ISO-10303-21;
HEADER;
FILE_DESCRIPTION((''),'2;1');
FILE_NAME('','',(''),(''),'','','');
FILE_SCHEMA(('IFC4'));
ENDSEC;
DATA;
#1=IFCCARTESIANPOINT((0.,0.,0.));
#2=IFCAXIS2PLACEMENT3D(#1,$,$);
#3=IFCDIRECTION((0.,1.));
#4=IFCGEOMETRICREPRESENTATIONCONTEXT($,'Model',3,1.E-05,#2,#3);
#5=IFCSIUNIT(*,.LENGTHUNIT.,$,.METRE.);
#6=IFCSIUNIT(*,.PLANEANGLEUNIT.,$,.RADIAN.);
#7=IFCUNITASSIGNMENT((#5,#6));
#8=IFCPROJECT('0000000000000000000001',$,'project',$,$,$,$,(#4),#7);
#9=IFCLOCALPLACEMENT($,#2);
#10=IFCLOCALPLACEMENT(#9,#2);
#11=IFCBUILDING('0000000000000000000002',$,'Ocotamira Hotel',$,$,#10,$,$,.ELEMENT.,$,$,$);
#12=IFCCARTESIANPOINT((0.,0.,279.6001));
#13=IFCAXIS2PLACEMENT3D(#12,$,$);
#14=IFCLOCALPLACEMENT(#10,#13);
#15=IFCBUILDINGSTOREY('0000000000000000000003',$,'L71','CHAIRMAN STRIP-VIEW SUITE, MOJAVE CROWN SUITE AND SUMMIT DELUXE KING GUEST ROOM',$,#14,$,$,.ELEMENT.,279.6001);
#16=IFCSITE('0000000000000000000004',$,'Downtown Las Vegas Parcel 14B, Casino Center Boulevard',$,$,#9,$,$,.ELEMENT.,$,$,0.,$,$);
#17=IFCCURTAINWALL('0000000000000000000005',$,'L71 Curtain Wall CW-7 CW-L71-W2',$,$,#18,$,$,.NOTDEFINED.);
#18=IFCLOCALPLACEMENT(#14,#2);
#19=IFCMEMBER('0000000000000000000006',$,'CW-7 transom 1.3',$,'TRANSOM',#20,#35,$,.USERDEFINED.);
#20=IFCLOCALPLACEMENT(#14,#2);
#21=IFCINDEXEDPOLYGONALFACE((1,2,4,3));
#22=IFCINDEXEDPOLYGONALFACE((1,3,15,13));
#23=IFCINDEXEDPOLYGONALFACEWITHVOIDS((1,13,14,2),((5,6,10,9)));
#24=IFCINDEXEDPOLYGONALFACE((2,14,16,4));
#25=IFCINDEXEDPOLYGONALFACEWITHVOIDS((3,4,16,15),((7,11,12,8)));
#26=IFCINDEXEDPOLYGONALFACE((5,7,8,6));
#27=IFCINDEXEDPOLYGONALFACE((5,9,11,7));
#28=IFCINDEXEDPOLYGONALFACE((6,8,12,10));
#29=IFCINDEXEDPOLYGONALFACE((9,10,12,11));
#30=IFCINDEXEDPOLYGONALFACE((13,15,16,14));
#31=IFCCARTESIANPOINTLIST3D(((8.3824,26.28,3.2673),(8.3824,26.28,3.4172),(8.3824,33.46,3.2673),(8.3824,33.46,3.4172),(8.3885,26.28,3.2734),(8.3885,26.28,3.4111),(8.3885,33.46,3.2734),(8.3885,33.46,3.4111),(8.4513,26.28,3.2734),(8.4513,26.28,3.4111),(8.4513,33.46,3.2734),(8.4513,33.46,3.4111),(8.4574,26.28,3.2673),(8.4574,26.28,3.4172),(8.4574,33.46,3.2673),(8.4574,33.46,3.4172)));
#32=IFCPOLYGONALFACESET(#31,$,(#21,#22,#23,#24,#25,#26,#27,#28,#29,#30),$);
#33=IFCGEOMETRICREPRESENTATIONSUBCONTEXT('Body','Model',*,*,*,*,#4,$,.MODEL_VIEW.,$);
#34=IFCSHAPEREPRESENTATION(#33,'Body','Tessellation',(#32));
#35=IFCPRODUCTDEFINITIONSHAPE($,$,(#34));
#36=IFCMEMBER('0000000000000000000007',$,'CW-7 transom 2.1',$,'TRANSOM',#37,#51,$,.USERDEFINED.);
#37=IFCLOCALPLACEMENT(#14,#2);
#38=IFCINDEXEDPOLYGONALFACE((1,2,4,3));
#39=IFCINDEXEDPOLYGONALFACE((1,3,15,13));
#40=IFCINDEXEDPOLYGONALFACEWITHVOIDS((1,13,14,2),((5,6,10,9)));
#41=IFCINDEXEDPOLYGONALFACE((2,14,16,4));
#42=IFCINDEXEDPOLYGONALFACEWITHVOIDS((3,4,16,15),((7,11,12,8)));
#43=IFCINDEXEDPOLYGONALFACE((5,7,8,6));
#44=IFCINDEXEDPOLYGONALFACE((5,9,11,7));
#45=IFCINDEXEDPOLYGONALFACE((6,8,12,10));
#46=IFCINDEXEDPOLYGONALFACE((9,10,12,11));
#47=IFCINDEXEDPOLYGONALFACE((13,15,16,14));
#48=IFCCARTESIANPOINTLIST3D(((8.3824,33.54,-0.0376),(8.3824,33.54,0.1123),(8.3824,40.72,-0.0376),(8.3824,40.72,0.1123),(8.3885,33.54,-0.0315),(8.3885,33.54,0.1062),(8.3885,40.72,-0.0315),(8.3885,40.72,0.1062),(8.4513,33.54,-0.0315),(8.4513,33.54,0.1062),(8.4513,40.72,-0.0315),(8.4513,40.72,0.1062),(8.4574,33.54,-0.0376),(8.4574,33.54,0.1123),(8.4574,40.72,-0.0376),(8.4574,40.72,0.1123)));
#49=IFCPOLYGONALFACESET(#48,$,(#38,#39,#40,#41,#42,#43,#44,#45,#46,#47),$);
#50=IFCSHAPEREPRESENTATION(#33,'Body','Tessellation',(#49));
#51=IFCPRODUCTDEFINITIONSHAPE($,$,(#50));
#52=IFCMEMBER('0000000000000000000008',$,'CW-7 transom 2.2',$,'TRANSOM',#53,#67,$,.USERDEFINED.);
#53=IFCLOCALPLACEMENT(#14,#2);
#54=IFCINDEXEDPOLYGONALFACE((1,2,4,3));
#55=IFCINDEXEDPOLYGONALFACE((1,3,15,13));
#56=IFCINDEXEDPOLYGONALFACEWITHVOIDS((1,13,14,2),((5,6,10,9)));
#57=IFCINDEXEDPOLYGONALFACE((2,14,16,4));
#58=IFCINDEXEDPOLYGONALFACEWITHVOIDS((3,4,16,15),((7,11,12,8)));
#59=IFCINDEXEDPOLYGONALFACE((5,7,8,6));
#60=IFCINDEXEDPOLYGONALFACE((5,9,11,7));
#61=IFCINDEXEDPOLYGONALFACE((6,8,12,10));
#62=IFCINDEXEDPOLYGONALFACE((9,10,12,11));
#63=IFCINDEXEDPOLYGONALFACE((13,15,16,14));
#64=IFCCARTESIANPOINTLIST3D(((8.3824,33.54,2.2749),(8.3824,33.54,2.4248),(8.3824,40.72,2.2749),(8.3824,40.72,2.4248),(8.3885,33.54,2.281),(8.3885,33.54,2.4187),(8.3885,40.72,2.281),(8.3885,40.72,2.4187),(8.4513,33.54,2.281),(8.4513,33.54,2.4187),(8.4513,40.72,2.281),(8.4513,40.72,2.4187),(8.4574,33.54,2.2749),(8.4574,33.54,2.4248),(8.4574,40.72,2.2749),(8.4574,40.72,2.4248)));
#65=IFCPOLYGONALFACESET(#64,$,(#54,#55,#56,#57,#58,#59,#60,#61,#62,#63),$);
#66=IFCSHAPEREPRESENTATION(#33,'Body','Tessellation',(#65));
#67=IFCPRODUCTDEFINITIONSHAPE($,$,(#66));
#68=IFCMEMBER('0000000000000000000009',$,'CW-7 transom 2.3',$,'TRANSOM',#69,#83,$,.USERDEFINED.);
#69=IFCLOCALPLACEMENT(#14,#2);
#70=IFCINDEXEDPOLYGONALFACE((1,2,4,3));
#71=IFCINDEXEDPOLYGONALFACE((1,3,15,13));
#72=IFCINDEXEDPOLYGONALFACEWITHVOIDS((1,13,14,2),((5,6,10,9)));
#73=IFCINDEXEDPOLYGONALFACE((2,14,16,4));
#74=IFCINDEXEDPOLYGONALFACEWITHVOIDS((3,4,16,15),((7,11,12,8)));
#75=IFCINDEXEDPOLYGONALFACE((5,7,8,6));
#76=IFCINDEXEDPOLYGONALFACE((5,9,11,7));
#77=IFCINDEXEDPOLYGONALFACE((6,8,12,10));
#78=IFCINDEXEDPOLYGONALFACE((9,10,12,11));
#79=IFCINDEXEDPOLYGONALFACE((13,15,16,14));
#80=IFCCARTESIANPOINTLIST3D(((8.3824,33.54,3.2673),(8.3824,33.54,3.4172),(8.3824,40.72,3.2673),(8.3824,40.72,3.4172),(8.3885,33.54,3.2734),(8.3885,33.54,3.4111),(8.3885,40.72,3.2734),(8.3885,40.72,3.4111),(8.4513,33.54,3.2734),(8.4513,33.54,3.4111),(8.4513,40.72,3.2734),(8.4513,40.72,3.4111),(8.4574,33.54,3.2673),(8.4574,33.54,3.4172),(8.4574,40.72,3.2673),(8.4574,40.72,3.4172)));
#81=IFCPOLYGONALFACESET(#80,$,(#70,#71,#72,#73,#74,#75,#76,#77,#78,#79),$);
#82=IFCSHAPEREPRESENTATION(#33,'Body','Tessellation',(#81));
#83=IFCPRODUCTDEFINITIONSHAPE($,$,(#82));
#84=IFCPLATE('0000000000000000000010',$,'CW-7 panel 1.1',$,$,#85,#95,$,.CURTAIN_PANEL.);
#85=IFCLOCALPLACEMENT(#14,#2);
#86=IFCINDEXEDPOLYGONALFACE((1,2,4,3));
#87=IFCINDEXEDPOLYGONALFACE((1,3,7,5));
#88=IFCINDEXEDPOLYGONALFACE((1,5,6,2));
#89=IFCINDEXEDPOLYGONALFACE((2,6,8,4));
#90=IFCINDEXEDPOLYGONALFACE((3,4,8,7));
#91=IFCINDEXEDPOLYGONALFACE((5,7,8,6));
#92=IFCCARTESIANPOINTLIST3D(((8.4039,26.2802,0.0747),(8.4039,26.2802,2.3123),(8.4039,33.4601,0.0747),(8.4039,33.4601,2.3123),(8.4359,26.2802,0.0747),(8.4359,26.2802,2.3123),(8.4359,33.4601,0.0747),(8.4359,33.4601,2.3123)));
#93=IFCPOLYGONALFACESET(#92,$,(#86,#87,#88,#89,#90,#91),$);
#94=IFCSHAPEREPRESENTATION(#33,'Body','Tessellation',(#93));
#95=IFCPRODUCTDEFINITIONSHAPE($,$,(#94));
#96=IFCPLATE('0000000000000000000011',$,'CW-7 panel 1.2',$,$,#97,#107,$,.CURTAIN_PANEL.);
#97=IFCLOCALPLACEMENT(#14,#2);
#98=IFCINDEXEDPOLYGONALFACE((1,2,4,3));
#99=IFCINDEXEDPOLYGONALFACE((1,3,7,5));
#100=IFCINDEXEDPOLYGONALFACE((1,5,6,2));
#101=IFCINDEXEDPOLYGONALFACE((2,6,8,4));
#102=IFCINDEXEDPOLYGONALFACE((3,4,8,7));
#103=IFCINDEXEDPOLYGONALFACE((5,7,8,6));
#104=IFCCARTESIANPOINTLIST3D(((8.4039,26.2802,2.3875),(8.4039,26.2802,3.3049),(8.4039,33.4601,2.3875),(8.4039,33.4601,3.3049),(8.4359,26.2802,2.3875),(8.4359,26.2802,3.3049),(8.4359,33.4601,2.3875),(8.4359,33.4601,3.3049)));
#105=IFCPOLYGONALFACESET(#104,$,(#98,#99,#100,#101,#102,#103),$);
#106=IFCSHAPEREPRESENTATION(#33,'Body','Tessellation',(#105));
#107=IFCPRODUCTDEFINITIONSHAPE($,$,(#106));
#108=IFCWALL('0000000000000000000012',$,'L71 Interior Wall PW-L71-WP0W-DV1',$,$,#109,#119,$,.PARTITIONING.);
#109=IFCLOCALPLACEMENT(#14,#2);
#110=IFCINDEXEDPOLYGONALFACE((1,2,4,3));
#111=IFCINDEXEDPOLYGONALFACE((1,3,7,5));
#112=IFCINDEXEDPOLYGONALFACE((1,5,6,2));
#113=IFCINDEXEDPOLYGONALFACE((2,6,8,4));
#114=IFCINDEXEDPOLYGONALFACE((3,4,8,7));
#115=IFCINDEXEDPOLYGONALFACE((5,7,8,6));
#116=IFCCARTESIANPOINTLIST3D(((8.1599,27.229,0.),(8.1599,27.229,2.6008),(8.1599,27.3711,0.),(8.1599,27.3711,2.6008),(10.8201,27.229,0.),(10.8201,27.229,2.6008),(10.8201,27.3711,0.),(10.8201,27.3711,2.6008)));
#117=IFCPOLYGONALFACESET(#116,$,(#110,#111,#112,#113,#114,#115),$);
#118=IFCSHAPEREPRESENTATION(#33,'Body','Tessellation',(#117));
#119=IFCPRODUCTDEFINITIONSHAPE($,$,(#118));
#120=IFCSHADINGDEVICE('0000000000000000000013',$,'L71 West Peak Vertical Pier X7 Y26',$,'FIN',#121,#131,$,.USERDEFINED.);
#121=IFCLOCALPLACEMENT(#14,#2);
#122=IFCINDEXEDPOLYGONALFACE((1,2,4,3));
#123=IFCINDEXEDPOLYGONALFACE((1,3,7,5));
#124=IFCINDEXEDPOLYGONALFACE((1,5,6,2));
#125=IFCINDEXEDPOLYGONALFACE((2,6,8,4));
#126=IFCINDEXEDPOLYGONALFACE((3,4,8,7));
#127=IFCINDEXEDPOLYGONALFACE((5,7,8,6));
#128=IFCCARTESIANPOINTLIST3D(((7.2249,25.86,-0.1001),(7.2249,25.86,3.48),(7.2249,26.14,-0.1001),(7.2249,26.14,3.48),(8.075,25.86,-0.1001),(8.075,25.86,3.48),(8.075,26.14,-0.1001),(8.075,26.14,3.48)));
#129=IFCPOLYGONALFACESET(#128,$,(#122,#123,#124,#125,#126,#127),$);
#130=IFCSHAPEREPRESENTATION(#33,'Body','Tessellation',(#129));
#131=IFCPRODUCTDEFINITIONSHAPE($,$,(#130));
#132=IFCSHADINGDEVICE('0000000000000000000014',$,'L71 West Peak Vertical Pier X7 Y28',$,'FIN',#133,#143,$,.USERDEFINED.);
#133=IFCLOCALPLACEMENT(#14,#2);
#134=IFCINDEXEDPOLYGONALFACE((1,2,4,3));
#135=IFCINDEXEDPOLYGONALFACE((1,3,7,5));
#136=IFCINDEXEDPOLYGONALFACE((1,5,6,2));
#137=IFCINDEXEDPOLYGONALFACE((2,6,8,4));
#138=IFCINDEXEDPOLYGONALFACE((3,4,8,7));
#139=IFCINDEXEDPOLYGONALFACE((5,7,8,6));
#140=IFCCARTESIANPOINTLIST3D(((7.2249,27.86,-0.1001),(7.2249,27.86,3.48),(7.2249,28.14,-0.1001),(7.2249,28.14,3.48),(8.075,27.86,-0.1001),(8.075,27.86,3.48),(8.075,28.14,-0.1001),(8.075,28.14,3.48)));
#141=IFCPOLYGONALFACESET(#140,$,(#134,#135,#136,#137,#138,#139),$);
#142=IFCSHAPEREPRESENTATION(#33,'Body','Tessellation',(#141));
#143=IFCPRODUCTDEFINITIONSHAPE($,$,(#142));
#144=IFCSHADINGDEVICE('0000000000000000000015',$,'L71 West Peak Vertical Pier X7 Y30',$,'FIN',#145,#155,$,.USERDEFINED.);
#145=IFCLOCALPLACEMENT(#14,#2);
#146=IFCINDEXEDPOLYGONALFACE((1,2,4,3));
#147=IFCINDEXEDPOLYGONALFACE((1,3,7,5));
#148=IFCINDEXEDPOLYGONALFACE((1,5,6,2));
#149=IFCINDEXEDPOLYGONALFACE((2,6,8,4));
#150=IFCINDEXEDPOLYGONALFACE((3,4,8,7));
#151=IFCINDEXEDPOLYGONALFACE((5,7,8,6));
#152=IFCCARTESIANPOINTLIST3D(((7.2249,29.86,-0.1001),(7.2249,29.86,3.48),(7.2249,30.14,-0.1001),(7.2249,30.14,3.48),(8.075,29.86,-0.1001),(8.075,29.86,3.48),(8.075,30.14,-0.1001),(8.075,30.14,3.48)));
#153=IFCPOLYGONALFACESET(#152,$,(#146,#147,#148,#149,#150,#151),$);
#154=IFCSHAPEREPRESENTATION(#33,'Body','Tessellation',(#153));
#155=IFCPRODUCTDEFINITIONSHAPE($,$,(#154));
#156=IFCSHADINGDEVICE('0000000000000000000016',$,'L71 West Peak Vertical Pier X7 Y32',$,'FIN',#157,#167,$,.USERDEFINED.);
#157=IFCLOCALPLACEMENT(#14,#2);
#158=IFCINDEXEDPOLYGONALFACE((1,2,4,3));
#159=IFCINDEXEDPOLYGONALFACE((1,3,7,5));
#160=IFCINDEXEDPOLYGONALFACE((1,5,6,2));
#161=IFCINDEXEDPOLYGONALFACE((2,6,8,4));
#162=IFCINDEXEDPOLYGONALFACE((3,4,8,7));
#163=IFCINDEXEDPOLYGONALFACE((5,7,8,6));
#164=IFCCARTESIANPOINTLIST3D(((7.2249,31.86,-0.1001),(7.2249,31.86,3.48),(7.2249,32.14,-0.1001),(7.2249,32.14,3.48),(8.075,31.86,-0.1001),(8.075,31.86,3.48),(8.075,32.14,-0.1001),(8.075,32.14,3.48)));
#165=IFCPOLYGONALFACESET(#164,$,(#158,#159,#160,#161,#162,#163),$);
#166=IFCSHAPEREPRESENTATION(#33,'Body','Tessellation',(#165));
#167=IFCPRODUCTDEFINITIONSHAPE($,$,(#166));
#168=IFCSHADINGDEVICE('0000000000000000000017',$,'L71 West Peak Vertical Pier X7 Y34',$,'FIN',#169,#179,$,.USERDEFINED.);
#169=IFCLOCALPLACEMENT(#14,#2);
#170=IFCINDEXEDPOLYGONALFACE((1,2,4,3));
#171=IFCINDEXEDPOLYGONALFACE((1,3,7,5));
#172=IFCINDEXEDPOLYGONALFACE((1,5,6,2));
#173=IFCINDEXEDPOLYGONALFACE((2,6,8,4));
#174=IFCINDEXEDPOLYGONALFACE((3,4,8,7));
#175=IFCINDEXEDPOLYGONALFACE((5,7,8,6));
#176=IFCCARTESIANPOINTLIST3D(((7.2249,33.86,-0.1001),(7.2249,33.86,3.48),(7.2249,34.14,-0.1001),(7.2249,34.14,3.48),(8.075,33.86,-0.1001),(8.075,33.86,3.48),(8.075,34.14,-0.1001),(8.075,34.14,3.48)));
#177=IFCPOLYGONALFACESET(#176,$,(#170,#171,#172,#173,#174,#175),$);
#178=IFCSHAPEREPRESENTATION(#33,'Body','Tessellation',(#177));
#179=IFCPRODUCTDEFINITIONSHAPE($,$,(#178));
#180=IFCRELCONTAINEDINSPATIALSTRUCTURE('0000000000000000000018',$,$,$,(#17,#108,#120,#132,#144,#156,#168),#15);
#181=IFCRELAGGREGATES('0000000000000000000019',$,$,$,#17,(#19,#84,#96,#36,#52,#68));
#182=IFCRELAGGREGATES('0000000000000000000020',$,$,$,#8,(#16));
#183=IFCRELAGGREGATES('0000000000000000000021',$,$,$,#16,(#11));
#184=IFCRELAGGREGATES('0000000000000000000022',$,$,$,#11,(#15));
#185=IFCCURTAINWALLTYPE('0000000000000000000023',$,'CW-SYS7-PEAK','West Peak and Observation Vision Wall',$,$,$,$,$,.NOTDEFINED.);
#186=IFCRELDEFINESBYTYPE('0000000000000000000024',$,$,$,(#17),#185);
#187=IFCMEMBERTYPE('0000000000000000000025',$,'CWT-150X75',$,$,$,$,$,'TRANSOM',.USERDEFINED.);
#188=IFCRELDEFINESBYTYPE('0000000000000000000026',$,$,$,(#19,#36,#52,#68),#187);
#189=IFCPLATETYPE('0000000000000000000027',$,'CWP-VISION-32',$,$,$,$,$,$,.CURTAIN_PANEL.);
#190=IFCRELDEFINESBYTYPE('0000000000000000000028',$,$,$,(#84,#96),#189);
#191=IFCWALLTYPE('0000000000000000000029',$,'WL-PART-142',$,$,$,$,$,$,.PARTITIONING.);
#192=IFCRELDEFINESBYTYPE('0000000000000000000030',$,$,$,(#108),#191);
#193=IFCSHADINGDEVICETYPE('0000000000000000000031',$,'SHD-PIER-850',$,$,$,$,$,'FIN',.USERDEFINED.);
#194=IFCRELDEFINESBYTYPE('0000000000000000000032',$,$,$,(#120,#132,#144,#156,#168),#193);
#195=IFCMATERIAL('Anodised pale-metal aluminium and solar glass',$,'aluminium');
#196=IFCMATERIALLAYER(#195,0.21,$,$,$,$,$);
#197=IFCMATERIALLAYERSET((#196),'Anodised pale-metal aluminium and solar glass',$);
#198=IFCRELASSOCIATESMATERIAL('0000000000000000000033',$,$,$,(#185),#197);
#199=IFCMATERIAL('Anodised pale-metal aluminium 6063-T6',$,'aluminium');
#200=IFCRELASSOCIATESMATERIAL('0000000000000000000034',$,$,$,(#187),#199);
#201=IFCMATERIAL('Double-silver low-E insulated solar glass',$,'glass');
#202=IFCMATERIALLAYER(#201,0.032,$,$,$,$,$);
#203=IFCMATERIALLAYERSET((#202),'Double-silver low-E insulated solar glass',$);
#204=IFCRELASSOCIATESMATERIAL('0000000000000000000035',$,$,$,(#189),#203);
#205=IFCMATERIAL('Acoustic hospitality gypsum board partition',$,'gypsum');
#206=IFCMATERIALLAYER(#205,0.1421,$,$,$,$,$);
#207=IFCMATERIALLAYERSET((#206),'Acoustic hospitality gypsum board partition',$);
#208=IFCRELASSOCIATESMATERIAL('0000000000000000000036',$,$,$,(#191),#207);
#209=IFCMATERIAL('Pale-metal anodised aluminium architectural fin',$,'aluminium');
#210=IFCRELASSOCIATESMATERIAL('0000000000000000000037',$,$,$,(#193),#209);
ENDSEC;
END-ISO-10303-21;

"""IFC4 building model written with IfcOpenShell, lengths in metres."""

from ifc_helpers import new_model, si_unit, direction, frame, frame_2d, origin, origin_2d, place, context, subcontext, project, spatial, rectangle, hollow_rectangle, extrude, source, transform, mapped, material, layer, layer_set, material_profile, profile_set, type_object, element, aggregate, save


model = new_model("IFC4")

# Units and contexts
model_context = context("Model", 3, precision=1e-05, world=origin(), true_north=direction((0.0, 1.0)))
body_context = subcontext(model_context, "Body", "Model", "MODEL_VIEW")
ifc_project = project(units=[si_unit("LENGTHUNIT", "METRE"), si_unit("PLANEANGLEUNIT", "RADIAN")], contexts=[model_context])

# Site, building, storey
site_placement = place(None, origin())
site = spatial("IfcSite", under=ifc_project, at=site_placement, Name="Downtown Las Vegas Parcel 14B, Casino Center Boulevard", CompositionType="ELEMENT", RefElevation=0.0)
building_placement = place(site_placement, origin())
building = spatial("IfcBuilding", under=site, at=building_placement, Name="Ocotamira Hotel", CompositionType="ELEMENT")
storey_placement = place(building_placement, frame((0.0, 0.0, 279.6001)))
storey = spatial("IfcBuildingStorey", under=building, at=storey_placement, Name="L71", Description="CHAIRMAN STRIP-VIEW SUITE, MOJAVE CROWN SUITE AND SUMMIT DELUXE KING GUEST ROOM", CompositionType="ELEMENT", Elevation=279.6001)

# Shared definitions
ifc_material_1 = material(Name="Anodised pale-metal aluminium and solar glass", Category="aluminium")
ifc_layer_1 = layer(ifc_material_1, 0.21)
ifc_layer_set_1 = layer_set([ifc_layer_1], Name="Anodised pale-metal aluminium and solar glass")
curtain_wall_type = type_object("IfcCurtainWallType", Name="CW-SYS7-PEAK", Description="West Peak and Observation Vision Wall", PredefinedType="NOTDEFINED", material=ifc_layer_set_1)
ifc_material_2 = material(Name="Anodised pale-metal aluminium 6063-T6", Category="aluminium")

# Curtain wall, members, plates
curtain_wall_1_placement = place(storey_placement, origin())
curtain_wall_1 = element("IfcCurtainWall", 1, at=curtain_wall_1_placement, inside=storey, type_object=curtain_wall_type, Name="L71 Curtain Wall CW-7 CW-L71-W2", PredefinedType="NOTDEFINED")
ifc_material_profile_1 = material_profile(ifc_material_2, hollow_rectangle(XDim=0.075, YDim=0.1499, WallThickness=0.0061, at=origin_2d()), Name="HSS150X75X6")
ifc_profile_set_1 = profile_set([ifc_material_profile_1], Name="Anodised pale-metal aluminium 6063-T6")
member_type_1 = type_object("IfcMemberType", Name="CWT-150X75", ElementType="TRANSOM", PredefinedType="USERDEFINED", material=ifc_profile_set_1)
shared_shape_1 = source(origin(), body_context, "Body", "SweptSolid", [
    extrude(hollow_rectangle(XDim=0.075, YDim=0.1499, WallThickness=0.0061, at=origin_2d()), origin(), (0.0, 0.0, 1.0), 7.1799),
])
member_1_placement = place(storey_placement, frame((8.4199, 26.28, 3.3423), z_axis=(0.0, 1.0, 0.0), x_axis=(-1.0, 0.0, 0.0)))
member_1 = element("IfcMember", 2, at=member_1_placement, type_object=member_type_1, Name="CW-7 transom 1.3", ObjectType="TRANSOM", PredefinedType="USERDEFINED", context=body_context, shape_type="MappedRepresentation", body=[
    mapped(shared_shape_1, transform((0.0, 0.0, 0.0), scale=1.0)),
])
member_2_placement = place(storey_placement, frame((8.4199, 33.54, 0.0374), z_axis=(0.0, 1.0, 0.0), x_axis=(-1.0, 0.0, 0.0)))
member_2 = element("IfcMember", 3, at=member_2_placement, type_object=member_type_1, Name="CW-7 transom 2.1", ObjectType="TRANSOM", PredefinedType="USERDEFINED", context=body_context, shape_type="MappedRepresentation", body=[
    mapped(shared_shape_1, transform((0.0, 0.0, 0.0), scale=1.0)),
])
member_3_placement = place(storey_placement, frame((8.4199, 33.54, 2.3499), z_axis=(0.0, 1.0, 0.0), x_axis=(-1.0, 0.0, 0.0)))
member_3 = element("IfcMember", 4, at=member_3_placement, type_object=member_type_1, Name="CW-7 transom 2.2", ObjectType="TRANSOM", PredefinedType="USERDEFINED", context=body_context, shape_type="MappedRepresentation", body=[
    mapped(shared_shape_1, transform((0.0, 0.0, 0.0), scale=1.0)),
])
member_4_placement = place(storey_placement, frame((8.4199, 33.54, 3.3423), z_axis=(0.0, 1.0, 0.0), x_axis=(-1.0, 0.0, 0.0)))
member_4 = element("IfcMember", 5, at=member_4_placement, type_object=member_type_1, Name="CW-7 transom 2.3", ObjectType="TRANSOM", PredefinedType="USERDEFINED", context=body_context, shape_type="MappedRepresentation", body=[
    mapped(shared_shape_1, transform((0.0, 0.0, 0.0), scale=1.0)),
])
ifc_material_3 = material(Name="Double-silver low-E insulated solar glass", Category="glass")
ifc_layer_2 = layer(ifc_material_3, 0.032)
ifc_layer_set_2 = layer_set([ifc_layer_2], Name="Double-silver low-E insulated solar glass")
plate_type = type_object("IfcPlateType", Name="CWP-VISION-32", PredefinedType="CURTAIN_PANEL", material=ifc_layer_set_2)
shared_shape_2 = source(origin(), body_context, "Body", "SweptSolid", [
    extrude(rectangle(XDim=7.1799, YDim=0.032, at=origin_2d()), origin(), (0.0, 0.0, 1.0), 2.2375),
])
plate_1_placement = place(storey_placement, frame((8.4199, 29.8701, 0.0747), z_axis=(0.0, 0.0, 1.0), x_axis=(0.0, 1.0, 0.0)))
plate_1 = element("IfcPlate", 6, at=plate_1_placement, type_object=plate_type, Name="CW-7 panel 1.1", PredefinedType="CURTAIN_PANEL", context=body_context, shape_type="MappedRepresentation", body=[
    mapped(shared_shape_2, transform((0.0, 0.0, 0.0), scale=1.0)),
])
shared_shape_3 = source(origin(), body_context, "Body", "SweptSolid", [
    extrude(rectangle(XDim=7.1799, YDim=0.032, at=origin_2d()), origin(), (0.0, 0.0, 1.0), 0.9175),
])
plate_2_placement = place(storey_placement, frame((8.4199, 29.8701, 2.3875), z_axis=(0.0, 0.0, 1.0), x_axis=(0.0, 1.0, 0.0)))
plate_2 = element("IfcPlate", 7, at=plate_2_placement, type_object=plate_type, Name="CW-7 panel 1.2", PredefinedType="CURTAIN_PANEL", context=body_context, shape_type="MappedRepresentation", body=[
    mapped(shared_shape_3, transform((0.0, 0.0, 0.0), scale=1.0)),
])
aggregate(curtain_wall_1, [member_1, plate_1, plate_2, member_2, member_3, member_4])

# Wall
ifc_material_4 = material(Name="Acoustic hospitality gypsum board partition", Category="gypsum")
ifc_layer_3 = layer(ifc_material_4, 0.1421)
ifc_layer_set_3 = layer_set([ifc_layer_3], Name="Acoustic hospitality gypsum board partition")
wall_type = type_object("IfcWallType", Name="WL-PART-142", PredefinedType="PARTITIONING", material=ifc_layer_set_3)
wall_placement = place(storey_placement, frame((8.1599, 27.3, 0.0), z_axis=(0.0, 0.0, 1.0), x_axis=(1.0, 0.0, 0.0)))
element("IfcWall", 8, at=wall_placement, inside=storey, type_object=wall_type, Name="L71 Interior Wall PW-L71-WP0W-DV1", PredefinedType="PARTITIONING", context=body_context, shape_type="SweptSolid", body=[
    extrude(rectangle(XDim=2.6602, YDim=0.1421, at=frame_2d((1.3301, 0.0))), origin(), (0.0, 0.0, 1.0), 2.6008),
])

# Shading devices
ifc_material_5 = material(Name="Pale-metal anodised aluminium architectural fin", Category="aluminium")
shading_device_type = type_object("IfcShadingDeviceType", Name="SHD-PIER-850", ElementType="FIN", PredefinedType="USERDEFINED", material=ifc_material_5)
shared_shape_4 = source(origin(), body_context, "Body", "SweptSolid", [
    extrude(rectangle(XDim=0.8501, YDim=0.28, at=origin_2d()), origin(), (0.0, 0.0, 1.0), 3.5801),
])
for number, where, z_axis, x_axis, name in (
    (9, (7.6499, 26.0, -0.1001), (0.0, 0.0, 1.0), (1.0, 0.0, 0.0), "L71 West Peak Vertical Pier X7 Y26"),
    (10, (7.6499, 28.0, -0.1001), (0.0, 0.0, 1.0), (1.0, 0.0, 0.0), "L71 West Peak Vertical Pier X7 Y28"),
    (11, (7.6499, 30.0, -0.1001), (0.0, 0.0, 1.0), (1.0, 0.0, 0.0), "L71 West Peak Vertical Pier X7 Y30"),
    (12, (7.6499, 32.0, -0.1001), (0.0, 0.0, 1.0), (1.0, 0.0, 0.0), "L71 West Peak Vertical Pier X7 Y32"),
    (13, (7.6499, 34.0, -0.1001), (0.0, 0.0, 1.0), (1.0, 0.0, 0.0), "L71 West Peak Vertical Pier X7 Y34"),
):
    element("IfcShadingDevice", number, at=place(storey_placement, frame(where, z_axis=z_axis, x_axis=x_axis)), inside=storey, type_object=shading_device_type, Name=name, ObjectType="FIN", PredefinedType="USERDEFINED", context=body_context, shape_type="MappedRepresentation", body=[
        mapped(shared_shape_4, transform((0.0, 0.0, 0.0), scale=1.0)),
    ])

save(model, "model.ifc")
